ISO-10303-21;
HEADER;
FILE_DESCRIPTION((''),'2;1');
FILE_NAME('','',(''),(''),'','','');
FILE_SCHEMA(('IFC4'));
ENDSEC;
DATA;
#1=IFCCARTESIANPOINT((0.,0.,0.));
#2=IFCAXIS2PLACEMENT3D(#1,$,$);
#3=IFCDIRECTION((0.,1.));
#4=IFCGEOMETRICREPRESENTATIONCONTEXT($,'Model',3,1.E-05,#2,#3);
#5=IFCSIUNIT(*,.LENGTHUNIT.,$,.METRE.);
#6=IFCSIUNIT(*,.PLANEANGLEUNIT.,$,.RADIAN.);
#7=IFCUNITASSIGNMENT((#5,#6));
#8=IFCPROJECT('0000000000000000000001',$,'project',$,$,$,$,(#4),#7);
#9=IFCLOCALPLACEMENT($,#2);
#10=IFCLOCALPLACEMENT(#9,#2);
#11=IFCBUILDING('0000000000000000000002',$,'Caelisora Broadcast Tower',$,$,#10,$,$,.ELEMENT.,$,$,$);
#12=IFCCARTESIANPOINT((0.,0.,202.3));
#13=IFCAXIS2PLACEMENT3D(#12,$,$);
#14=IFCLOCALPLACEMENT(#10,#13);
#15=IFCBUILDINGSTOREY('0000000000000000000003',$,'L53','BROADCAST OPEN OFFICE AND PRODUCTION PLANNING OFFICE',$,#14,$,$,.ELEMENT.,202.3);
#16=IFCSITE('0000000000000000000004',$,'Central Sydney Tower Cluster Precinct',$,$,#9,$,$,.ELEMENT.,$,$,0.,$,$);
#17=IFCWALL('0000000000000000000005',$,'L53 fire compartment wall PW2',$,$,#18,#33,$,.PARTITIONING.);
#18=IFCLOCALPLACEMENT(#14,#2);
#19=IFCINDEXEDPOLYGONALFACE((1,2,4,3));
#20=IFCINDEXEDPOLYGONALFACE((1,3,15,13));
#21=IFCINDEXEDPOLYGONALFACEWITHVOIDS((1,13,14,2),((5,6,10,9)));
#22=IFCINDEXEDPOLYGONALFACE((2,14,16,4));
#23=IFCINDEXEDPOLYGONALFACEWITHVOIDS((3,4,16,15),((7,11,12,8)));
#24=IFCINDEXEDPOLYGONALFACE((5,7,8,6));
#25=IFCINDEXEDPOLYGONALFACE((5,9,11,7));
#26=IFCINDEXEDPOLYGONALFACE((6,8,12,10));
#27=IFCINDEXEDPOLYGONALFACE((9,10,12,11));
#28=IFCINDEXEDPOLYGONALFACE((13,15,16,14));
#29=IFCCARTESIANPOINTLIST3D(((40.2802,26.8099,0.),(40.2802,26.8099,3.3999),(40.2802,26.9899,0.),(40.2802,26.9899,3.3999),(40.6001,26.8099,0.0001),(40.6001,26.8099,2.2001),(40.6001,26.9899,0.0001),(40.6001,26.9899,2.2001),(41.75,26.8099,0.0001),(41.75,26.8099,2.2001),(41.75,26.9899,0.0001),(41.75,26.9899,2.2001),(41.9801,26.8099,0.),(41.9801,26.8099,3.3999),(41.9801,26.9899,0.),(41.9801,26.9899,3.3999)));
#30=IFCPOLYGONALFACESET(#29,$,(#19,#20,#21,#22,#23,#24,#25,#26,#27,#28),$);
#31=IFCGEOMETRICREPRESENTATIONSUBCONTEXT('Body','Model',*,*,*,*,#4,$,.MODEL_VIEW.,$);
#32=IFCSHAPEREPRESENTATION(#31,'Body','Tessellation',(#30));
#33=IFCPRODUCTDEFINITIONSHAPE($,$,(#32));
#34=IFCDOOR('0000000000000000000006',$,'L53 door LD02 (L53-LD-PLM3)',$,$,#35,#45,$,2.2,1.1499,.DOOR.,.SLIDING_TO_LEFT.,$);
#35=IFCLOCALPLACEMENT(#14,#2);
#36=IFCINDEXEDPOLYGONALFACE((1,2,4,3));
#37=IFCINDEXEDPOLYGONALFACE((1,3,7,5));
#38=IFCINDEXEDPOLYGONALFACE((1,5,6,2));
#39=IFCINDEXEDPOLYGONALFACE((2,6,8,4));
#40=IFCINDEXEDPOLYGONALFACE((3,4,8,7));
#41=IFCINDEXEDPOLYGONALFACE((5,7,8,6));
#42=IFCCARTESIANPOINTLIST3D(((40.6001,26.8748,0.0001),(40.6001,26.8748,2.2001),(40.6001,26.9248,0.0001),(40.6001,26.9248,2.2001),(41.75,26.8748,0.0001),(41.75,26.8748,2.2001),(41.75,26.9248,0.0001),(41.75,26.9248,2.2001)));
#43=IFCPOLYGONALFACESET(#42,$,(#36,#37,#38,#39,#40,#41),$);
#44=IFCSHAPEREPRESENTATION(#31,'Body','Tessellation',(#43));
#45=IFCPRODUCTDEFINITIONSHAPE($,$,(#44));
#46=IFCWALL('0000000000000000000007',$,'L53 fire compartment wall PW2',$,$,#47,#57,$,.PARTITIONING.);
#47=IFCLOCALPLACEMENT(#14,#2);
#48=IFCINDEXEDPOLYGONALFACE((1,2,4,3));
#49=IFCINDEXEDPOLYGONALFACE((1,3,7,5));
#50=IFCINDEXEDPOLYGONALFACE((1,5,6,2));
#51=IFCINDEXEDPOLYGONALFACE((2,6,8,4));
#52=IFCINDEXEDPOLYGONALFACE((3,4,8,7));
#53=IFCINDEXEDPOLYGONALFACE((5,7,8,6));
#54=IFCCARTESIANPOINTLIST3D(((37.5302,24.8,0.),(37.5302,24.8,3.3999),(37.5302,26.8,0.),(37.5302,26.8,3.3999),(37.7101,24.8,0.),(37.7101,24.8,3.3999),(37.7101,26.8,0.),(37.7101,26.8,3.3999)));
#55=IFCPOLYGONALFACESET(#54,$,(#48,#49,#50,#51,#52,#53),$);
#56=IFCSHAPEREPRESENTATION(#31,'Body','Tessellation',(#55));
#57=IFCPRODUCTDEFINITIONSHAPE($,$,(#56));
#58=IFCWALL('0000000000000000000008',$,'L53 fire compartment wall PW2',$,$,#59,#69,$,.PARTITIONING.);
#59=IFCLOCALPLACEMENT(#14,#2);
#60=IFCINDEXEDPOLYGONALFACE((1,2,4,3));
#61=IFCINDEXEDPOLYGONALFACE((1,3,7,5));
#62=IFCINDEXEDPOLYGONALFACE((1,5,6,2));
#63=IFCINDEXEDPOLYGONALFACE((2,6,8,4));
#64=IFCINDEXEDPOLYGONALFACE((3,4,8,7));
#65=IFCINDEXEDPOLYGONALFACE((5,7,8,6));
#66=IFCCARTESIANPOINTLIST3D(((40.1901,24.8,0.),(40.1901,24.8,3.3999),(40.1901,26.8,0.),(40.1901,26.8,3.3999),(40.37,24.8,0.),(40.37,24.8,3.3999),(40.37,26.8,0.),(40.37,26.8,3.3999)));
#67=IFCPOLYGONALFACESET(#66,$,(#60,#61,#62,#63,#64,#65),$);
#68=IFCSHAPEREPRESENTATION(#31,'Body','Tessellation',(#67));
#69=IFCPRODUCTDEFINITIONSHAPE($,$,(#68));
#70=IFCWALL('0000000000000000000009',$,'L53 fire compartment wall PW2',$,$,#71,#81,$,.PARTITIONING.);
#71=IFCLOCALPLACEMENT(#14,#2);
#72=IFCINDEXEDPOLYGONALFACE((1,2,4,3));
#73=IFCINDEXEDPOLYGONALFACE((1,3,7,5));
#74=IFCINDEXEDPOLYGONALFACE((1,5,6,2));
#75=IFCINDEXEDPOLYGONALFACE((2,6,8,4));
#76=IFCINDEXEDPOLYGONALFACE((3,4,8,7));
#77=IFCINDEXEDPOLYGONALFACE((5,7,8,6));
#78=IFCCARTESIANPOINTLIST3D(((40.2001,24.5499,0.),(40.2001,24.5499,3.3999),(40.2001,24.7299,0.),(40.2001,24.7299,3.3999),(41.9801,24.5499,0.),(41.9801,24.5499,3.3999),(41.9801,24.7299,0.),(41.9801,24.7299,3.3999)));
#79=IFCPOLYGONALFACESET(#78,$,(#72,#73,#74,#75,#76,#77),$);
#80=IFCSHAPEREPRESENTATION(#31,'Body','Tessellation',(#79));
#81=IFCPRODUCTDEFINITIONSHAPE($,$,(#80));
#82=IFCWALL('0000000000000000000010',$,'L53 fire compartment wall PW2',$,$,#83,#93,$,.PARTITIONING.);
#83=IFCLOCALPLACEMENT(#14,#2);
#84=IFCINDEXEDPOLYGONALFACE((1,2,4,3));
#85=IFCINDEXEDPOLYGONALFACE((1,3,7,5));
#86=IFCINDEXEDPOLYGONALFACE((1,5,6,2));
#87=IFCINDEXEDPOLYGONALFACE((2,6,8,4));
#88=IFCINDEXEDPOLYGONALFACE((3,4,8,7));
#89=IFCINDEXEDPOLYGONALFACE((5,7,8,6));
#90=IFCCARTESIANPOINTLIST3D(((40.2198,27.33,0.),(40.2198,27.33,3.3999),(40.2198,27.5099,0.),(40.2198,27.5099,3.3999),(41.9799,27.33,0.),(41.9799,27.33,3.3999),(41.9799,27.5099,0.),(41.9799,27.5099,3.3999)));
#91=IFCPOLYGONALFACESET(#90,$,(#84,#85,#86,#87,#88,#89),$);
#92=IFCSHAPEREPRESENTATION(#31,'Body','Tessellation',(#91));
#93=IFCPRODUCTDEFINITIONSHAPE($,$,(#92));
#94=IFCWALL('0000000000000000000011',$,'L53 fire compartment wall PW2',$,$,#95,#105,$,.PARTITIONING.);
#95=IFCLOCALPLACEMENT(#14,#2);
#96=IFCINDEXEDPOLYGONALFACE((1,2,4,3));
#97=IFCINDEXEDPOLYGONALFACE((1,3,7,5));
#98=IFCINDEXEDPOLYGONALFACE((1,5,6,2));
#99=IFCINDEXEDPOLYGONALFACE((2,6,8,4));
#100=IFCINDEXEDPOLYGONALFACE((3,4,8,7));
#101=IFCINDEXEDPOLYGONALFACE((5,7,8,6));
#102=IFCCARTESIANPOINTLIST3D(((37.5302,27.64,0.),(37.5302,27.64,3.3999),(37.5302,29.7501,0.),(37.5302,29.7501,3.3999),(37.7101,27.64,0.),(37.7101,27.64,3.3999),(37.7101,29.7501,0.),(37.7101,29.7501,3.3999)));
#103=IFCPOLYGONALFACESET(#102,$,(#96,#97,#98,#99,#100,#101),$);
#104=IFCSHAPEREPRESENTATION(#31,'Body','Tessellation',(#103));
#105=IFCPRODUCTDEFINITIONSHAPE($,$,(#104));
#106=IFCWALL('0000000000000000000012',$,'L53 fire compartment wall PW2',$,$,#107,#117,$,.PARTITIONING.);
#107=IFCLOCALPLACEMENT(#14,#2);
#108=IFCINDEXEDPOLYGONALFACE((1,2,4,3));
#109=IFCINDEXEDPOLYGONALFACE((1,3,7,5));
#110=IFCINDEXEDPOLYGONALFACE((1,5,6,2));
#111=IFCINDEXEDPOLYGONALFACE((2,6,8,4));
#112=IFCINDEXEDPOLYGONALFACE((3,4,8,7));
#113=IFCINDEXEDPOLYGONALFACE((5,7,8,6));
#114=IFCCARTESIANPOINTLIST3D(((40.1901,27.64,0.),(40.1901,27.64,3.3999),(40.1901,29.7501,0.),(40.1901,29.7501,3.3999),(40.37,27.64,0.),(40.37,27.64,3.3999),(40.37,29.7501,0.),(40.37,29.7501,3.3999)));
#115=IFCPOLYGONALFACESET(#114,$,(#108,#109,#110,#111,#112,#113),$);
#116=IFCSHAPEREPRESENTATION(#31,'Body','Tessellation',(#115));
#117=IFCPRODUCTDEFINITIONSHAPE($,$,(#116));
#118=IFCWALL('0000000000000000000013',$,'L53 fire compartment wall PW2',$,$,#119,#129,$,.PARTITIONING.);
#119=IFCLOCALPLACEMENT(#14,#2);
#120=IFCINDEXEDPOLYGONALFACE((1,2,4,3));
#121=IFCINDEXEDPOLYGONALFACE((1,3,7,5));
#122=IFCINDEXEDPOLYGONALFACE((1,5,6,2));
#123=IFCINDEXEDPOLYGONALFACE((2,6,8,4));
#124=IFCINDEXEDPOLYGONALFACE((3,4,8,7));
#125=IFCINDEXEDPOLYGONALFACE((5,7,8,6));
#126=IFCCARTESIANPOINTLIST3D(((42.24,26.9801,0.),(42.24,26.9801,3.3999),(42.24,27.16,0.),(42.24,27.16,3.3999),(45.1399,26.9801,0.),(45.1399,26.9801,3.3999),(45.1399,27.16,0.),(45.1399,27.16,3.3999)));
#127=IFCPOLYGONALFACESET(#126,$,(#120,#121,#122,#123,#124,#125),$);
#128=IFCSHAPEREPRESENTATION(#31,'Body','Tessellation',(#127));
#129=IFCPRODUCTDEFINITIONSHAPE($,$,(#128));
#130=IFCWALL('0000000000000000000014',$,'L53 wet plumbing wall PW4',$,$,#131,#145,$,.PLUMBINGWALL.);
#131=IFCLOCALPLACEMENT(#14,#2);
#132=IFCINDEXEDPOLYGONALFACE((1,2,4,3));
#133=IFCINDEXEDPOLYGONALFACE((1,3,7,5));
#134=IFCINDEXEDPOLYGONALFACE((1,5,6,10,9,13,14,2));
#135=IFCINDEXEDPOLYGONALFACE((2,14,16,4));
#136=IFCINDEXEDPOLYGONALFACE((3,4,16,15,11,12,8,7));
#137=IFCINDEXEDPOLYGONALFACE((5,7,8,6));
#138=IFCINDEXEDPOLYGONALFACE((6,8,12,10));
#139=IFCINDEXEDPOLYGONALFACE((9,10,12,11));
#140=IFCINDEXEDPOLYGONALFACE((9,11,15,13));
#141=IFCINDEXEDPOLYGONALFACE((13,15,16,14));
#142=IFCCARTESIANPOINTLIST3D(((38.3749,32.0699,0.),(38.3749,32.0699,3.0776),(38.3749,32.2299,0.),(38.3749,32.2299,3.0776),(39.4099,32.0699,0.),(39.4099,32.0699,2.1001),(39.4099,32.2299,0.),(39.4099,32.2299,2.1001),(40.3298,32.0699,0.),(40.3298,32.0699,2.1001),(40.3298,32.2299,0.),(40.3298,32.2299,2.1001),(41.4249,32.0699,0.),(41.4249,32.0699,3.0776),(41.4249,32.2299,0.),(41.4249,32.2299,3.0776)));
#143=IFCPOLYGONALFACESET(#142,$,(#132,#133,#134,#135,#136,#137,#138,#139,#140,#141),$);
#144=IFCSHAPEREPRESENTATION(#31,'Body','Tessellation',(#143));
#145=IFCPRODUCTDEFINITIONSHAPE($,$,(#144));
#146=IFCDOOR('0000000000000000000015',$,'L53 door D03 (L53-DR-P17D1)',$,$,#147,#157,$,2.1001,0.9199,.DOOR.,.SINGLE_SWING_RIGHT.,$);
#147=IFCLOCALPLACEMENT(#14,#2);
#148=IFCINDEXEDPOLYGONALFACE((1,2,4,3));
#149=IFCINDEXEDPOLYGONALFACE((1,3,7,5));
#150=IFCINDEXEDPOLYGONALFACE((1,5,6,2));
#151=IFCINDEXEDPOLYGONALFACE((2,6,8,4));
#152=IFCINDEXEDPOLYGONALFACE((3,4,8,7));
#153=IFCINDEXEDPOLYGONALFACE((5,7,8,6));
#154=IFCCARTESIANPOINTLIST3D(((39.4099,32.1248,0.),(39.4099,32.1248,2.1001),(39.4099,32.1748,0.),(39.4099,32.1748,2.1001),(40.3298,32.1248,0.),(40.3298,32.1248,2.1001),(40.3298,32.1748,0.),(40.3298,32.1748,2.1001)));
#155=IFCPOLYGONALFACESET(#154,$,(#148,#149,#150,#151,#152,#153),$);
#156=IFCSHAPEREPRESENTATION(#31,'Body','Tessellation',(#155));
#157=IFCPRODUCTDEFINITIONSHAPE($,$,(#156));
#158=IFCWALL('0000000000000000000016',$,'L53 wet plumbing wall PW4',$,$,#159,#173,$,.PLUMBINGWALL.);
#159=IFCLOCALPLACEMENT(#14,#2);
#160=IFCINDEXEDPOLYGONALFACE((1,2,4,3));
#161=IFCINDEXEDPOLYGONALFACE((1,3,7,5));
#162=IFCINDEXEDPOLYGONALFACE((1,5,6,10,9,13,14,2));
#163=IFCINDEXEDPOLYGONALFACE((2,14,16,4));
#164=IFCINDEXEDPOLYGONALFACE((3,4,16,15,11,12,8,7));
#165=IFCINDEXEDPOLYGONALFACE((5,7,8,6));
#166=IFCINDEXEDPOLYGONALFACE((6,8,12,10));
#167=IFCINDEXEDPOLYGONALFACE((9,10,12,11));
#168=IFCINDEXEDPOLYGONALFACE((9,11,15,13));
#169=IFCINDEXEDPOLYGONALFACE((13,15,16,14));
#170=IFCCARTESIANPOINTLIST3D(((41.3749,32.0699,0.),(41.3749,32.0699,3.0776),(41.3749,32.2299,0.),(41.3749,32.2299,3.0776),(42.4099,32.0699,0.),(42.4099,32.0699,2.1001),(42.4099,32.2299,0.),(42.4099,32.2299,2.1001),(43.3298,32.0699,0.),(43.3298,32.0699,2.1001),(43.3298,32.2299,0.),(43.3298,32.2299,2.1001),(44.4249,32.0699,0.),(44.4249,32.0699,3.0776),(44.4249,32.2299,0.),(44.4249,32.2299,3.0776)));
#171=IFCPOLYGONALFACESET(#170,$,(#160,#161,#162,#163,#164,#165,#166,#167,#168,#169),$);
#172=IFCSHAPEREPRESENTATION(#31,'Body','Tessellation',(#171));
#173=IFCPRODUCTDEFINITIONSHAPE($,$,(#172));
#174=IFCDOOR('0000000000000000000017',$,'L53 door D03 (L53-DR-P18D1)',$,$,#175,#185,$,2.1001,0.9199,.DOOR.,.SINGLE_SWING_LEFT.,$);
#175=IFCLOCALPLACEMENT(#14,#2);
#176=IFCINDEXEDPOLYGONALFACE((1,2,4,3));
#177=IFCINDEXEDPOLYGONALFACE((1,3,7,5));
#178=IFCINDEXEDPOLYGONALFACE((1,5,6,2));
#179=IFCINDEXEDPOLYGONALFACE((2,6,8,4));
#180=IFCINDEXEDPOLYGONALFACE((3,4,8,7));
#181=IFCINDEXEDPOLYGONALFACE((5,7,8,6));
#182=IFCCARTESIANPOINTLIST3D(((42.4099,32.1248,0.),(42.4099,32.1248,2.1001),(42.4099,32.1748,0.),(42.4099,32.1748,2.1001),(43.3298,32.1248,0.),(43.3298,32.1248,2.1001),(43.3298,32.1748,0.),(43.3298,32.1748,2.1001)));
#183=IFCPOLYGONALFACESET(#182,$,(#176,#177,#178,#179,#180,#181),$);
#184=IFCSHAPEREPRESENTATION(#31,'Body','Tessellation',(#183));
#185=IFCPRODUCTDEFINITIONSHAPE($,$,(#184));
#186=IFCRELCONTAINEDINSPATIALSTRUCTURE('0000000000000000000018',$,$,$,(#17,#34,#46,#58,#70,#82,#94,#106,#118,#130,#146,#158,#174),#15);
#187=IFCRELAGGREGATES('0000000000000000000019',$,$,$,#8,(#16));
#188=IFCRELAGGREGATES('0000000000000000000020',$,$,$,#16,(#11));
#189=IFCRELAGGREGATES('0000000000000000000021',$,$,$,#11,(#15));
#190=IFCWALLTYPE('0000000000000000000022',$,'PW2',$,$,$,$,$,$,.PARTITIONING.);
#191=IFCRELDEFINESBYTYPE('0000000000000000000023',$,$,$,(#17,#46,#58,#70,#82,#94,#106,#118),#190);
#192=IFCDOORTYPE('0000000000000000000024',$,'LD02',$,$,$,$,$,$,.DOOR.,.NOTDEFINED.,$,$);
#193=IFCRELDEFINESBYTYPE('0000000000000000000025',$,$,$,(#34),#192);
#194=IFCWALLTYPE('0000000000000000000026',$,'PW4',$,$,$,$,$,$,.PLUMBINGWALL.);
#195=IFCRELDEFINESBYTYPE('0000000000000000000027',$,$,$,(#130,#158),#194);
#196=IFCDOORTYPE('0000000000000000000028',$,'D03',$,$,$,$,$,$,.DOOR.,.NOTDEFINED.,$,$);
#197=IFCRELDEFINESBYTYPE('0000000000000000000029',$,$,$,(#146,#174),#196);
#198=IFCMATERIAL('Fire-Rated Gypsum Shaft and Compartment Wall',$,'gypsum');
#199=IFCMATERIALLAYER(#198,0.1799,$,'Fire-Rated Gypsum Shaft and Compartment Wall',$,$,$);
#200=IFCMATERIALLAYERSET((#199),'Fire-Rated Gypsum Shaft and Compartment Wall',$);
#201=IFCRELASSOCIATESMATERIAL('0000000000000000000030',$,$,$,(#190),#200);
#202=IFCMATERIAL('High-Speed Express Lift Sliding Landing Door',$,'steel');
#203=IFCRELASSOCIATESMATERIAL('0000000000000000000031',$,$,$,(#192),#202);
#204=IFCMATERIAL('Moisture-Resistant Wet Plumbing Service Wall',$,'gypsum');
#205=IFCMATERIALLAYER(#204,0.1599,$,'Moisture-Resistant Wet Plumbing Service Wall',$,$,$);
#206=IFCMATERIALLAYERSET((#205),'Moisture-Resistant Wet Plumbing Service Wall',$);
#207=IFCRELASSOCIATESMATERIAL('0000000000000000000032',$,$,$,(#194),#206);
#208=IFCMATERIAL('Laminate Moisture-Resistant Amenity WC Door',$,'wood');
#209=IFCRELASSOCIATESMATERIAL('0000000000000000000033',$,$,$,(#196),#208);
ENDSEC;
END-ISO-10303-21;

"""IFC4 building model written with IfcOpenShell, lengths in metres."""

from ifc_helpers import new_model, si_unit, direction, frame, frame_2d, origin, place, context, subcontext, project, spatial, rectangle, extrude, material, layer, layer_set, type_object, element, fill, save


model = new_model("IFC4")

# Units and contexts
model_context = context("Model", 3, precision=1e-05, world=origin(), true_north=direction((0.0, 1.0)))
body_context = subcontext(model_context, "Body", "Model", "MODEL_VIEW")
ifc_project = project(units=[si_unit("LENGTHUNIT", "METRE"), si_unit("PLANEANGLEUNIT", "RADIAN")], contexts=[model_context])

# Site, building, storey
site_placement = place(None, origin())
site = spatial("IfcSite", under=ifc_project, at=site_placement, Name="Central Sydney Tower Cluster Precinct", CompositionType="ELEMENT", RefElevation=0.0)
building_placement = place(site_placement, origin())
building = spatial("IfcBuilding", under=site, at=building_placement, Name="Caelisora Broadcast Tower", CompositionType="ELEMENT")
storey_placement = place(building_placement, frame((0.0, 0.0, 202.3)))
storey = spatial("IfcBuildingStorey", under=building, at=storey_placement, Name="L53", Description="BROADCAST OPEN OFFICE AND PRODUCTION PLANNING OFFICE", CompositionType="ELEMENT", Elevation=202.3)

# Wall, opening, door
ifc_material_1 = material(Name="Fire-Rated Gypsum Shaft and Compartment Wall", Category="gypsum")
ifc_layer_1 = layer(ifc_material_1, 0.1799, Name="Fire-Rated Gypsum Shaft and Compartment Wall")
ifc_layer_set_1 = layer_set([ifc_layer_1], Name="Fire-Rated Gypsum Shaft and Compartment Wall")
wall_type_1 = type_object("IfcWallType", Name="PW2", PredefinedType="PARTITIONING", material=ifc_layer_set_1)
wall_1_placement = place(storey_placement, frame((40.28, 26.8999, 0.0), z_axis=(0.0, 0.0, 1.0), x_axis=(1.0, 0.0, 0.0)))
wall_1 = element("IfcWall", 1, at=wall_1_placement, inside=storey, type_object=wall_type_1, Name="L53 fire compartment wall PW2", PredefinedType="PARTITIONING", context=body_context, shape_type="SweptSolid", body=[
    extrude(rectangle(XDim=1.7, YDim=0.1799, at=frame_2d((0.8501, 0.0))), origin(), (0.0, 0.0, 1.0), 3.3999),
])
opening_1_placement = place(wall_1_placement, frame((0.3201, 0.0, 0.0)))
opening_1 = element("IfcOpeningElement", 2, at=opening_1_placement, cuts=wall_1, PredefinedType="OPENING", context=body_context, shape_type="SweptSolid", body=[
    extrude(rectangle(XDim=1.1499, YDim=2.2, at=frame_2d((0.575, 1.1001))), frame((0.0, 0.1021, 0.0), z_axis=(0.0, -1.0, 0.0), x_axis=(1.0, 0.0, 0.0)), (0.0, 0.0, 1.0), 0.2039),
])
ifc_material_2 = material(Name="High-Speed Express Lift Sliding Landing Door", Category="steel")
door_type_1 = type_object("IfcDoorType", Name="LD02", OperationType="NOTDEFINED", PredefinedType="DOOR", material=ifc_material_2)
door_1_placement = place(opening_1_placement, origin())
door_1 = element("IfcDoor", 3, at=door_1_placement, inside=storey, type_object=door_type_1, Name="L53 door LD02 (L53-LD-PLM3)", OperationType="SLIDING_TO_LEFT", OverallHeight=2.2, OverallWidth=1.1499, PredefinedType="DOOR", context=body_context, shape_type="SweptSolid", body=[
    extrude(rectangle(XDim=1.1499, YDim=2.2, at=frame_2d((0.575, 1.1001))), frame((0.0, 0.0249, 0.0), z_axis=(0.0, -1.0, 0.0), x_axis=(1.0, 0.0, 0.0)), (0.0, 0.0, 1.0), 0.05),
])
fill(opening_1, door_1)

# Walls
for number, where, z_axis, x_axis, name in (
    (4, (37.6201, 24.8, 0.0), (0.0, 0.0, 1.0), (0.0, 1.0, 0.0), "L53 fire compartment wall PW2"),
    (5, (40.28, 24.8, 0.0), (0.0, 0.0, 1.0), (0.0, 1.0, 0.0), "L53 fire compartment wall PW2"),
):
    element("IfcWall", number, at=place(storey_placement, frame(where, z_axis=z_axis, x_axis=x_axis)), inside=storey, type_object=wall_type_1, Name=name, PredefinedType="PARTITIONING", context=body_context, shape_type="SweptSolid", body=[
        extrude(rectangle(XDim=2.0, YDim=0.1799, at=frame_2d((1.0, 0.0))), origin(), (0.0, 0.0, 1.0), 3.3999),
    ])
wall_2_placement = place(storey_placement, frame((40.2, 24.6399, 0.0), z_axis=(0.0, 0.0, 1.0), x_axis=(1.0, 0.0, 0.0)))
element("IfcWall", 6, at=wall_2_placement, inside=storey, type_object=wall_type_1, Name="L53 fire compartment wall PW2", PredefinedType="PARTITIONING", context=body_context, shape_type="SweptSolid", body=[
    extrude(rectangle(XDim=1.78, YDim=0.1799, at=frame_2d((0.8901, 0.0))), origin(), (0.0, 0.0, 1.0), 3.3999),
])
wall_3_placement = place(storey_placement, frame((40.22, 27.4199, 0.0), z_axis=(0.0, 0.0, 1.0), x_axis=(1.0, 0.0, 0.0)))
element("IfcWall", 7, at=wall_3_placement, inside=storey, type_object=wall_type_1, Name="L53 fire compartment wall PW2", PredefinedType="PARTITIONING", context=body_context, shape_type="SweptSolid", body=[
    extrude(rectangle(XDim=1.76, YDim=0.1799, at=frame_2d((0.8799, 0.0))), origin(), (0.0, 0.0, 1.0), 3.3999),
])
for number, where, z_axis, x_axis, name in (
    (8, (37.6201, 27.6399, 0.0), (0.0, 0.0, 1.0), (0.0, 1.0, 0.0), "L53 fire compartment wall PW2"),
    (9, (40.28, 27.6399, 0.0), (0.0, 0.0, 1.0), (0.0, 1.0, 0.0), "L53 fire compartment wall PW2"),
):
    element("IfcWall", number, at=place(storey_placement, frame(where, z_axis=z_axis, x_axis=x_axis)), inside=storey, type_object=wall_type_1, Name=name, PredefinedType="PARTITIONING", context=body_context, shape_type="SweptSolid", body=[
        extrude(rectangle(XDim=2.1101, YDim=0.1799, at=frame_2d((1.0552, 0.0))), origin(), (0.0, 0.0, 1.0), 3.3999),
    ])
wall_4_placement = place(storey_placement, frame((42.24, 27.0701, 0.0), z_axis=(0.0, 0.0, 1.0), x_axis=(1.0, 0.0, 0.0)))
element("IfcWall", 10, at=wall_4_placement, inside=storey, type_object=wall_type_1, Name="L53 fire compartment wall PW2", PredefinedType="PARTITIONING", context=body_context, shape_type="SweptSolid", body=[
    extrude(rectangle(XDim=2.8999, YDim=0.1799, at=frame_2d((1.45, 0.0))), origin(), (0.0, 0.0, 1.0), 3.3999),
])

# Walls, openings, doors
ifc_material_3 = material(Name="Moisture-Resistant Wet Plumbing Service Wall", Category="gypsum")
ifc_layer_2 = layer(ifc_material_3, 0.1599, Name="Moisture-Resistant Wet Plumbing Service Wall")
ifc_layer_set_2 = layer_set([ifc_layer_2], Name="Moisture-Resistant Wet Plumbing Service Wall")
wall_type_2 = type_object("IfcWallType", Name="PW4", PredefinedType="PLUMBINGWALL", material=ifc_layer_set_2)
wall_5_placement = place(storey_placement, frame((38.375, 32.1499, 0.0), z_axis=(0.0, 0.0, 1.0), x_axis=(1.0, 0.0, 0.0)))
wall_5 = element("IfcWall", 11, at=wall_5_placement, inside=storey, type_object=wall_type_2, Name="L53 wet plumbing wall PW4", PredefinedType="PLUMBINGWALL", context=body_context, shape_type="SweptSolid", body=[
    extrude(rectangle(XDim=3.05, YDim=0.1599, at=frame_2d((1.5249, 0.0))), origin(), (0.0, 0.0, 1.0), 3.0776),
])
opening_2_placement = place(wall_5_placement, frame((1.0349, 0.0, 0.0)))
opening_2 = element("IfcOpeningElement", 12, at=opening_2_placement, cuts=wall_5, PredefinedType="OPENING", context=body_context, shape_type="SweptSolid", body=[
    extrude(rectangle(XDim=0.9199, YDim=2.1001, at=frame_2d((0.46, 1.05))), frame((0.0, 0.092, 0.0), z_axis=(0.0, -1.0, 0.0), x_axis=(1.0, 0.0, 0.0)), (0.0, 0.0, 1.0), 0.1838),
])
ifc_material_4 = material(Name="Laminate Moisture-Resistant Amenity WC Door", Category="wood")
door_type_2 = type_object("IfcDoorType", Name="D03", OperationType="NOTDEFINED", PredefinedType="DOOR", material=ifc_material_4)
door_2_placement = place(opening_2_placement, origin())
door_2 = element("IfcDoor", 13, at=door_2_placement, inside=storey, type_object=door_type_2, Name="L53 door D03 (L53-DR-P17D1)", OperationType="SINGLE_SWING_RIGHT", OverallHeight=2.1001, OverallWidth=0.9199, PredefinedType="DOOR", context=body_context, shape_type="SweptSolid", body=[
    extrude(rectangle(XDim=0.9199, YDim=2.1001, at=frame_2d((0.46, 1.05))), frame((0.0, 0.0249, 0.0), z_axis=(0.0, -1.0, 0.0), x_axis=(1.0, 0.0, 0.0)), (0.0, 0.0, 1.0), 0.05),
])
fill(opening_2, door_2)
wall_6_placement = place(storey_placement, frame((41.375, 32.1499, 0.0), z_axis=(0.0, 0.0, 1.0), x_axis=(1.0, 0.0, 0.0)))
wall_6 = element("IfcWall", 14, at=wall_6_placement, inside=storey, type_object=wall_type_2, Name="L53 wet plumbing wall PW4", PredefinedType="PLUMBINGWALL", context=body_context, shape_type="SweptSolid", body=[
    extrude(rectangle(XDim=3.05, YDim=0.1599, at=frame_2d((1.5249, 0.0))), origin(), (0.0, 0.0, 1.0), 3.0776),
])
opening_3_placement = place(wall_6_placement, frame((1.0349, 0.0, 0.0)))
opening_3 = element("IfcOpeningElement", 15, at=opening_3_placement, cuts=wall_6, PredefinedType="OPENING", context=body_context, shape_type="SweptSolid", body=[
    extrude(rectangle(XDim=0.9199, YDim=2.1001, at=frame_2d((0.46, 1.05))), frame((0.0, 0.092, 0.0), z_axis=(0.0, -1.0, 0.0), x_axis=(1.0, 0.0, 0.0)), (0.0, 0.0, 1.0), 0.1838),
])
door_3_placement = place(opening_3_placement, origin())
door_3 = element("IfcDoor", 16, at=door_3_placement, inside=storey, type_object=door_type_2, Name="L53 door D03 (L53-DR-P18D1)", OperationType="SINGLE_SWING_LEFT", OverallHeight=2.1001, OverallWidth=0.9199, PredefinedType="DOOR", context=body_context, shape_type="SweptSolid", body=[
    extrude(rectangle(XDim=0.9199, YDim=2.1001, at=frame_2d((0.46, 1.05))), frame((0.0, 0.0249, 0.0), z_axis=(0.0, -1.0, 0.0), x_axis=(1.0, 0.0, 0.0)), (0.0, 0.0, 1.0), 0.05),
])
fill(opening_3, door_3)

save(model, "model.ifc")
